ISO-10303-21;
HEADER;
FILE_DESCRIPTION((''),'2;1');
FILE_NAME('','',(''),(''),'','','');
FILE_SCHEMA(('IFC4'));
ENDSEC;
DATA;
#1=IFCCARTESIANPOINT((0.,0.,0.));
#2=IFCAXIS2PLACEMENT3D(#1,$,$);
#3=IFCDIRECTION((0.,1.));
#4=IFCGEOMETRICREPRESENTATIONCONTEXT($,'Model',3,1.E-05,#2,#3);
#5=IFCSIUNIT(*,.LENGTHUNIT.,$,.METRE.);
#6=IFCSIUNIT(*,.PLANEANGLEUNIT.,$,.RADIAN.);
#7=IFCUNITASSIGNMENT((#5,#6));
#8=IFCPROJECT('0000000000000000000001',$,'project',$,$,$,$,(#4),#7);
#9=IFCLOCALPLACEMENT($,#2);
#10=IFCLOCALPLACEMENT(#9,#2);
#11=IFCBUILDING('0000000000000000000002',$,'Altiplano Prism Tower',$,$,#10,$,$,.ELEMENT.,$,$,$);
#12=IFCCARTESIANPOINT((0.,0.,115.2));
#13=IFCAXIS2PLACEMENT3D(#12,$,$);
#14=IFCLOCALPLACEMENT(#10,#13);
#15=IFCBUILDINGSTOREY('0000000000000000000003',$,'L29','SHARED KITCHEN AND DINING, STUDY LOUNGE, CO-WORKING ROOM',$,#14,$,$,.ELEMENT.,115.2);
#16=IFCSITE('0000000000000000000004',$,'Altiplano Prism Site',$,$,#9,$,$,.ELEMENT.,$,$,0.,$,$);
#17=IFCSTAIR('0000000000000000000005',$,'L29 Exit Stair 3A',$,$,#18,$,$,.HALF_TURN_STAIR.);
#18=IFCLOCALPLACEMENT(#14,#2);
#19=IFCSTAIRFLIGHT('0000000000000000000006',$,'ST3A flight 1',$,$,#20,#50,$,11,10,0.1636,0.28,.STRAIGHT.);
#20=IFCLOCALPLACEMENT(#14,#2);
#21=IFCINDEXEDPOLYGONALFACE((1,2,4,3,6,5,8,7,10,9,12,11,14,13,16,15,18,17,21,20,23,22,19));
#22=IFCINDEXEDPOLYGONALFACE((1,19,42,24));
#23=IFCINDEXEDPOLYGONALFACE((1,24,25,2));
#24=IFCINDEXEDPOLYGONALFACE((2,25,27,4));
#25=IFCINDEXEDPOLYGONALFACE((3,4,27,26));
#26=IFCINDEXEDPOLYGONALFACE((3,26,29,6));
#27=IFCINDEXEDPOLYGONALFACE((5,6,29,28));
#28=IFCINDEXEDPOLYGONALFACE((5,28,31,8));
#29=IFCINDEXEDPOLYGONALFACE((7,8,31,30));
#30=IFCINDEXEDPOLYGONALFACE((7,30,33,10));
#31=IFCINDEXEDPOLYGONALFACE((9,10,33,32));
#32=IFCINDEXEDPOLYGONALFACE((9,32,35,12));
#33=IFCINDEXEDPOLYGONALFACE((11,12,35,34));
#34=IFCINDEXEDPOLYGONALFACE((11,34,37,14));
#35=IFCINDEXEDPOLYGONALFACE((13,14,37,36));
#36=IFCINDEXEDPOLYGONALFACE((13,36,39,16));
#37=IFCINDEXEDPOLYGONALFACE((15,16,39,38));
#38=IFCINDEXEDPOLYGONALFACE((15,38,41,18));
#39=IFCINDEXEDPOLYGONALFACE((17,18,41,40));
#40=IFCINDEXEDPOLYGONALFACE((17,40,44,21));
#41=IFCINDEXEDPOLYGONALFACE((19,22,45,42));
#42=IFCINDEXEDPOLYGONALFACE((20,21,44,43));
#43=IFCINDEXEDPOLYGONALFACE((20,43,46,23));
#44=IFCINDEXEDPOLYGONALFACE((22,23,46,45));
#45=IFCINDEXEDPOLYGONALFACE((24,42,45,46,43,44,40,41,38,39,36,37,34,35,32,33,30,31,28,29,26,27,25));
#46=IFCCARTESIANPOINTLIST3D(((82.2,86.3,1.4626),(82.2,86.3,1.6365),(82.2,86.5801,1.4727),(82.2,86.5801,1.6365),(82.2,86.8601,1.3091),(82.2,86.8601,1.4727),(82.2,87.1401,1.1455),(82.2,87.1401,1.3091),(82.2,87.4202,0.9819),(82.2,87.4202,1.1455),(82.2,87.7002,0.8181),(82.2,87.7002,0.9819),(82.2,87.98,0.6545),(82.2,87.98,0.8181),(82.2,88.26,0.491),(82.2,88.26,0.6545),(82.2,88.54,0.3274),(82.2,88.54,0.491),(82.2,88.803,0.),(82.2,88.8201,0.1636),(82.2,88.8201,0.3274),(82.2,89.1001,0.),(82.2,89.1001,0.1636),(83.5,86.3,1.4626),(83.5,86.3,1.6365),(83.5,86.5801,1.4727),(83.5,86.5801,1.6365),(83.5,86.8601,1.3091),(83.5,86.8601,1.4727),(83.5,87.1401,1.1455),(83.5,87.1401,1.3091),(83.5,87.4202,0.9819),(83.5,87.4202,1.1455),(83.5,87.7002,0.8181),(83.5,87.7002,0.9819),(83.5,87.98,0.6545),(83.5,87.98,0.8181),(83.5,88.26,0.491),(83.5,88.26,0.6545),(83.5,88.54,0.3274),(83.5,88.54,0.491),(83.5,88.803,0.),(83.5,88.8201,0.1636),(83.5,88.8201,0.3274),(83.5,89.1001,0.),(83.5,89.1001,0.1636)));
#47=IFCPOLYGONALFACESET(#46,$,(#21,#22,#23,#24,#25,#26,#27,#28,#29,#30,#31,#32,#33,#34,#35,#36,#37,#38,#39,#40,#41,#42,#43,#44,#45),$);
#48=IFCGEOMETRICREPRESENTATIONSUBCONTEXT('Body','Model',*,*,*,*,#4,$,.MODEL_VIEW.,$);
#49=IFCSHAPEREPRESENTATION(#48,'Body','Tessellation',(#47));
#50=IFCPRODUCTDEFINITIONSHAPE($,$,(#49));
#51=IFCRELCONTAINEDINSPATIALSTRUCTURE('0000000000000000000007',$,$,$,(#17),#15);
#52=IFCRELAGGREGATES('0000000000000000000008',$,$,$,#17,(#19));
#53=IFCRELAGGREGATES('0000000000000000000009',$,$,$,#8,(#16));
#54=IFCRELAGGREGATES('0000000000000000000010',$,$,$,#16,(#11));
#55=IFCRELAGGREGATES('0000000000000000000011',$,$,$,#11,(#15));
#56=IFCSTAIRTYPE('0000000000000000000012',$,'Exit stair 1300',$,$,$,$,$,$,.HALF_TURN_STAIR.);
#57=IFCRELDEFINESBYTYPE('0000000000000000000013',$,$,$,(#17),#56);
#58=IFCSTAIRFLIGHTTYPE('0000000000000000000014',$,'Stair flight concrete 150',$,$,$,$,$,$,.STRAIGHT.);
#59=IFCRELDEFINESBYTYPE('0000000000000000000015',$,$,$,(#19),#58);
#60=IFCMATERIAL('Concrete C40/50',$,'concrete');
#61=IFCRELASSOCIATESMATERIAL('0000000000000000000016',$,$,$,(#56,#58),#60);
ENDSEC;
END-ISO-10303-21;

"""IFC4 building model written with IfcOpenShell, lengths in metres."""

from ifc_helpers import new_model, si_unit, direction, frame, origin, place, context, subcontext, project, spatial, polyline, outline, extrude, material, type_object, element, aggregate, save


model = new_model("IFC4")

# Units and contexts
model_context = context("Model", 3, precision=1e-05, world=origin(), true_north=direction((0.0, 1.0)))
body_context = subcontext(model_context, "Body", "Model", "MODEL_VIEW")
ifc_project = project(units=[si_unit("LENGTHUNIT", "METRE"), si_unit("PLANEANGLEUNIT", "RADIAN")], contexts=[model_context])

# Site, building, storey
site_placement = place(None, origin())
site = spatial("IfcSite", under=ifc_project, at=site_placement, Name="Altiplano Prism Site", CompositionType="ELEMENT", RefElevation=0.0)
building_placement = place(site_placement, origin())
building = spatial("IfcBuilding", under=site, at=building_placement, Name="Altiplano Prism Tower", CompositionType="ELEMENT")
storey_placement = place(building_placement, frame((0.0, 0.0, 115.2)))
storey = spatial("IfcBuildingStorey", under=building, at=storey_placement, Name="L29", Description="SHARED KITCHEN AND DINING, STUDY LOUNGE, CO-WORKING ROOM", CompositionType="ELEMENT", Elevation=115.2)

# Stair, stair flight
ifc_material_1 = material(Name="Concrete C40/50", Category="concrete")
stair_type = type_object("IfcStairType", Name="Exit stair 1300", PredefinedType="HALF_TURN_STAIR", material=ifc_material_1)
stair_placement = place(storey_placement, origin())
stair = element("IfcStair", 1, at=stair_placement, inside=storey, type_object=stair_type, Name="L29 Exit Stair 3A", PredefinedType="HALF_TURN_STAIR")
stair_flight_type = type_object("IfcStairFlightType", Name="Stair flight concrete 150", PredefinedType="STRAIGHT", material=ifc_material_1)
stair_flight_placement = place(storey_placement, frame((82.8501, 89.1001, 0.0), z_axis=(0.0, 0.0, 1.0), x_axis=(0.0, -1.0, 0.0)))
stair_flight = element("IfcStairFlight", 2, at=stair_flight_placement, type_object=stair_flight_type, Name="ST3A flight 1", NumberOfRisers=11, NumberOfTreads=10, PredefinedType="STRAIGHT", RiserHeight=0.1636, TreadLength=0.28, context=body_context, shape_type="SweptSolid", body=[
    extrude(outline(polyline([(0.0, 0.0), (0.0, 0.1636), (0.28, 0.1636), (0.28, 0.3274), (0.5601, 0.3274), (0.5601, 0.491), (0.8401, 0.491), (0.8401, 0.6545), (1.1201, 0.6545), (1.1201, 0.8181), (1.3999, 0.8181), (1.3999, 0.9819), (1.6799, 0.9819), (1.6799, 1.1455), (1.96, 1.1455), (1.96, 1.3091), (2.24, 1.3091), (2.24, 1.4727), (2.52, 1.4727), (2.52, 1.6365), (2.8, 1.6365), (2.8, 1.8), (2.8, 1.4626), (0.2971, 0.0), (0.0, 0.0)])), frame((0.0, 0.6499, 0.0), z_axis=(0.0, -1.0, 0.0), x_axis=(1.0, 0.0, 0.0)), (0.0, 0.0, 1.0), 1.3),
])
aggregate(stair, [stair_flight])

save(model, "model.ifc")
